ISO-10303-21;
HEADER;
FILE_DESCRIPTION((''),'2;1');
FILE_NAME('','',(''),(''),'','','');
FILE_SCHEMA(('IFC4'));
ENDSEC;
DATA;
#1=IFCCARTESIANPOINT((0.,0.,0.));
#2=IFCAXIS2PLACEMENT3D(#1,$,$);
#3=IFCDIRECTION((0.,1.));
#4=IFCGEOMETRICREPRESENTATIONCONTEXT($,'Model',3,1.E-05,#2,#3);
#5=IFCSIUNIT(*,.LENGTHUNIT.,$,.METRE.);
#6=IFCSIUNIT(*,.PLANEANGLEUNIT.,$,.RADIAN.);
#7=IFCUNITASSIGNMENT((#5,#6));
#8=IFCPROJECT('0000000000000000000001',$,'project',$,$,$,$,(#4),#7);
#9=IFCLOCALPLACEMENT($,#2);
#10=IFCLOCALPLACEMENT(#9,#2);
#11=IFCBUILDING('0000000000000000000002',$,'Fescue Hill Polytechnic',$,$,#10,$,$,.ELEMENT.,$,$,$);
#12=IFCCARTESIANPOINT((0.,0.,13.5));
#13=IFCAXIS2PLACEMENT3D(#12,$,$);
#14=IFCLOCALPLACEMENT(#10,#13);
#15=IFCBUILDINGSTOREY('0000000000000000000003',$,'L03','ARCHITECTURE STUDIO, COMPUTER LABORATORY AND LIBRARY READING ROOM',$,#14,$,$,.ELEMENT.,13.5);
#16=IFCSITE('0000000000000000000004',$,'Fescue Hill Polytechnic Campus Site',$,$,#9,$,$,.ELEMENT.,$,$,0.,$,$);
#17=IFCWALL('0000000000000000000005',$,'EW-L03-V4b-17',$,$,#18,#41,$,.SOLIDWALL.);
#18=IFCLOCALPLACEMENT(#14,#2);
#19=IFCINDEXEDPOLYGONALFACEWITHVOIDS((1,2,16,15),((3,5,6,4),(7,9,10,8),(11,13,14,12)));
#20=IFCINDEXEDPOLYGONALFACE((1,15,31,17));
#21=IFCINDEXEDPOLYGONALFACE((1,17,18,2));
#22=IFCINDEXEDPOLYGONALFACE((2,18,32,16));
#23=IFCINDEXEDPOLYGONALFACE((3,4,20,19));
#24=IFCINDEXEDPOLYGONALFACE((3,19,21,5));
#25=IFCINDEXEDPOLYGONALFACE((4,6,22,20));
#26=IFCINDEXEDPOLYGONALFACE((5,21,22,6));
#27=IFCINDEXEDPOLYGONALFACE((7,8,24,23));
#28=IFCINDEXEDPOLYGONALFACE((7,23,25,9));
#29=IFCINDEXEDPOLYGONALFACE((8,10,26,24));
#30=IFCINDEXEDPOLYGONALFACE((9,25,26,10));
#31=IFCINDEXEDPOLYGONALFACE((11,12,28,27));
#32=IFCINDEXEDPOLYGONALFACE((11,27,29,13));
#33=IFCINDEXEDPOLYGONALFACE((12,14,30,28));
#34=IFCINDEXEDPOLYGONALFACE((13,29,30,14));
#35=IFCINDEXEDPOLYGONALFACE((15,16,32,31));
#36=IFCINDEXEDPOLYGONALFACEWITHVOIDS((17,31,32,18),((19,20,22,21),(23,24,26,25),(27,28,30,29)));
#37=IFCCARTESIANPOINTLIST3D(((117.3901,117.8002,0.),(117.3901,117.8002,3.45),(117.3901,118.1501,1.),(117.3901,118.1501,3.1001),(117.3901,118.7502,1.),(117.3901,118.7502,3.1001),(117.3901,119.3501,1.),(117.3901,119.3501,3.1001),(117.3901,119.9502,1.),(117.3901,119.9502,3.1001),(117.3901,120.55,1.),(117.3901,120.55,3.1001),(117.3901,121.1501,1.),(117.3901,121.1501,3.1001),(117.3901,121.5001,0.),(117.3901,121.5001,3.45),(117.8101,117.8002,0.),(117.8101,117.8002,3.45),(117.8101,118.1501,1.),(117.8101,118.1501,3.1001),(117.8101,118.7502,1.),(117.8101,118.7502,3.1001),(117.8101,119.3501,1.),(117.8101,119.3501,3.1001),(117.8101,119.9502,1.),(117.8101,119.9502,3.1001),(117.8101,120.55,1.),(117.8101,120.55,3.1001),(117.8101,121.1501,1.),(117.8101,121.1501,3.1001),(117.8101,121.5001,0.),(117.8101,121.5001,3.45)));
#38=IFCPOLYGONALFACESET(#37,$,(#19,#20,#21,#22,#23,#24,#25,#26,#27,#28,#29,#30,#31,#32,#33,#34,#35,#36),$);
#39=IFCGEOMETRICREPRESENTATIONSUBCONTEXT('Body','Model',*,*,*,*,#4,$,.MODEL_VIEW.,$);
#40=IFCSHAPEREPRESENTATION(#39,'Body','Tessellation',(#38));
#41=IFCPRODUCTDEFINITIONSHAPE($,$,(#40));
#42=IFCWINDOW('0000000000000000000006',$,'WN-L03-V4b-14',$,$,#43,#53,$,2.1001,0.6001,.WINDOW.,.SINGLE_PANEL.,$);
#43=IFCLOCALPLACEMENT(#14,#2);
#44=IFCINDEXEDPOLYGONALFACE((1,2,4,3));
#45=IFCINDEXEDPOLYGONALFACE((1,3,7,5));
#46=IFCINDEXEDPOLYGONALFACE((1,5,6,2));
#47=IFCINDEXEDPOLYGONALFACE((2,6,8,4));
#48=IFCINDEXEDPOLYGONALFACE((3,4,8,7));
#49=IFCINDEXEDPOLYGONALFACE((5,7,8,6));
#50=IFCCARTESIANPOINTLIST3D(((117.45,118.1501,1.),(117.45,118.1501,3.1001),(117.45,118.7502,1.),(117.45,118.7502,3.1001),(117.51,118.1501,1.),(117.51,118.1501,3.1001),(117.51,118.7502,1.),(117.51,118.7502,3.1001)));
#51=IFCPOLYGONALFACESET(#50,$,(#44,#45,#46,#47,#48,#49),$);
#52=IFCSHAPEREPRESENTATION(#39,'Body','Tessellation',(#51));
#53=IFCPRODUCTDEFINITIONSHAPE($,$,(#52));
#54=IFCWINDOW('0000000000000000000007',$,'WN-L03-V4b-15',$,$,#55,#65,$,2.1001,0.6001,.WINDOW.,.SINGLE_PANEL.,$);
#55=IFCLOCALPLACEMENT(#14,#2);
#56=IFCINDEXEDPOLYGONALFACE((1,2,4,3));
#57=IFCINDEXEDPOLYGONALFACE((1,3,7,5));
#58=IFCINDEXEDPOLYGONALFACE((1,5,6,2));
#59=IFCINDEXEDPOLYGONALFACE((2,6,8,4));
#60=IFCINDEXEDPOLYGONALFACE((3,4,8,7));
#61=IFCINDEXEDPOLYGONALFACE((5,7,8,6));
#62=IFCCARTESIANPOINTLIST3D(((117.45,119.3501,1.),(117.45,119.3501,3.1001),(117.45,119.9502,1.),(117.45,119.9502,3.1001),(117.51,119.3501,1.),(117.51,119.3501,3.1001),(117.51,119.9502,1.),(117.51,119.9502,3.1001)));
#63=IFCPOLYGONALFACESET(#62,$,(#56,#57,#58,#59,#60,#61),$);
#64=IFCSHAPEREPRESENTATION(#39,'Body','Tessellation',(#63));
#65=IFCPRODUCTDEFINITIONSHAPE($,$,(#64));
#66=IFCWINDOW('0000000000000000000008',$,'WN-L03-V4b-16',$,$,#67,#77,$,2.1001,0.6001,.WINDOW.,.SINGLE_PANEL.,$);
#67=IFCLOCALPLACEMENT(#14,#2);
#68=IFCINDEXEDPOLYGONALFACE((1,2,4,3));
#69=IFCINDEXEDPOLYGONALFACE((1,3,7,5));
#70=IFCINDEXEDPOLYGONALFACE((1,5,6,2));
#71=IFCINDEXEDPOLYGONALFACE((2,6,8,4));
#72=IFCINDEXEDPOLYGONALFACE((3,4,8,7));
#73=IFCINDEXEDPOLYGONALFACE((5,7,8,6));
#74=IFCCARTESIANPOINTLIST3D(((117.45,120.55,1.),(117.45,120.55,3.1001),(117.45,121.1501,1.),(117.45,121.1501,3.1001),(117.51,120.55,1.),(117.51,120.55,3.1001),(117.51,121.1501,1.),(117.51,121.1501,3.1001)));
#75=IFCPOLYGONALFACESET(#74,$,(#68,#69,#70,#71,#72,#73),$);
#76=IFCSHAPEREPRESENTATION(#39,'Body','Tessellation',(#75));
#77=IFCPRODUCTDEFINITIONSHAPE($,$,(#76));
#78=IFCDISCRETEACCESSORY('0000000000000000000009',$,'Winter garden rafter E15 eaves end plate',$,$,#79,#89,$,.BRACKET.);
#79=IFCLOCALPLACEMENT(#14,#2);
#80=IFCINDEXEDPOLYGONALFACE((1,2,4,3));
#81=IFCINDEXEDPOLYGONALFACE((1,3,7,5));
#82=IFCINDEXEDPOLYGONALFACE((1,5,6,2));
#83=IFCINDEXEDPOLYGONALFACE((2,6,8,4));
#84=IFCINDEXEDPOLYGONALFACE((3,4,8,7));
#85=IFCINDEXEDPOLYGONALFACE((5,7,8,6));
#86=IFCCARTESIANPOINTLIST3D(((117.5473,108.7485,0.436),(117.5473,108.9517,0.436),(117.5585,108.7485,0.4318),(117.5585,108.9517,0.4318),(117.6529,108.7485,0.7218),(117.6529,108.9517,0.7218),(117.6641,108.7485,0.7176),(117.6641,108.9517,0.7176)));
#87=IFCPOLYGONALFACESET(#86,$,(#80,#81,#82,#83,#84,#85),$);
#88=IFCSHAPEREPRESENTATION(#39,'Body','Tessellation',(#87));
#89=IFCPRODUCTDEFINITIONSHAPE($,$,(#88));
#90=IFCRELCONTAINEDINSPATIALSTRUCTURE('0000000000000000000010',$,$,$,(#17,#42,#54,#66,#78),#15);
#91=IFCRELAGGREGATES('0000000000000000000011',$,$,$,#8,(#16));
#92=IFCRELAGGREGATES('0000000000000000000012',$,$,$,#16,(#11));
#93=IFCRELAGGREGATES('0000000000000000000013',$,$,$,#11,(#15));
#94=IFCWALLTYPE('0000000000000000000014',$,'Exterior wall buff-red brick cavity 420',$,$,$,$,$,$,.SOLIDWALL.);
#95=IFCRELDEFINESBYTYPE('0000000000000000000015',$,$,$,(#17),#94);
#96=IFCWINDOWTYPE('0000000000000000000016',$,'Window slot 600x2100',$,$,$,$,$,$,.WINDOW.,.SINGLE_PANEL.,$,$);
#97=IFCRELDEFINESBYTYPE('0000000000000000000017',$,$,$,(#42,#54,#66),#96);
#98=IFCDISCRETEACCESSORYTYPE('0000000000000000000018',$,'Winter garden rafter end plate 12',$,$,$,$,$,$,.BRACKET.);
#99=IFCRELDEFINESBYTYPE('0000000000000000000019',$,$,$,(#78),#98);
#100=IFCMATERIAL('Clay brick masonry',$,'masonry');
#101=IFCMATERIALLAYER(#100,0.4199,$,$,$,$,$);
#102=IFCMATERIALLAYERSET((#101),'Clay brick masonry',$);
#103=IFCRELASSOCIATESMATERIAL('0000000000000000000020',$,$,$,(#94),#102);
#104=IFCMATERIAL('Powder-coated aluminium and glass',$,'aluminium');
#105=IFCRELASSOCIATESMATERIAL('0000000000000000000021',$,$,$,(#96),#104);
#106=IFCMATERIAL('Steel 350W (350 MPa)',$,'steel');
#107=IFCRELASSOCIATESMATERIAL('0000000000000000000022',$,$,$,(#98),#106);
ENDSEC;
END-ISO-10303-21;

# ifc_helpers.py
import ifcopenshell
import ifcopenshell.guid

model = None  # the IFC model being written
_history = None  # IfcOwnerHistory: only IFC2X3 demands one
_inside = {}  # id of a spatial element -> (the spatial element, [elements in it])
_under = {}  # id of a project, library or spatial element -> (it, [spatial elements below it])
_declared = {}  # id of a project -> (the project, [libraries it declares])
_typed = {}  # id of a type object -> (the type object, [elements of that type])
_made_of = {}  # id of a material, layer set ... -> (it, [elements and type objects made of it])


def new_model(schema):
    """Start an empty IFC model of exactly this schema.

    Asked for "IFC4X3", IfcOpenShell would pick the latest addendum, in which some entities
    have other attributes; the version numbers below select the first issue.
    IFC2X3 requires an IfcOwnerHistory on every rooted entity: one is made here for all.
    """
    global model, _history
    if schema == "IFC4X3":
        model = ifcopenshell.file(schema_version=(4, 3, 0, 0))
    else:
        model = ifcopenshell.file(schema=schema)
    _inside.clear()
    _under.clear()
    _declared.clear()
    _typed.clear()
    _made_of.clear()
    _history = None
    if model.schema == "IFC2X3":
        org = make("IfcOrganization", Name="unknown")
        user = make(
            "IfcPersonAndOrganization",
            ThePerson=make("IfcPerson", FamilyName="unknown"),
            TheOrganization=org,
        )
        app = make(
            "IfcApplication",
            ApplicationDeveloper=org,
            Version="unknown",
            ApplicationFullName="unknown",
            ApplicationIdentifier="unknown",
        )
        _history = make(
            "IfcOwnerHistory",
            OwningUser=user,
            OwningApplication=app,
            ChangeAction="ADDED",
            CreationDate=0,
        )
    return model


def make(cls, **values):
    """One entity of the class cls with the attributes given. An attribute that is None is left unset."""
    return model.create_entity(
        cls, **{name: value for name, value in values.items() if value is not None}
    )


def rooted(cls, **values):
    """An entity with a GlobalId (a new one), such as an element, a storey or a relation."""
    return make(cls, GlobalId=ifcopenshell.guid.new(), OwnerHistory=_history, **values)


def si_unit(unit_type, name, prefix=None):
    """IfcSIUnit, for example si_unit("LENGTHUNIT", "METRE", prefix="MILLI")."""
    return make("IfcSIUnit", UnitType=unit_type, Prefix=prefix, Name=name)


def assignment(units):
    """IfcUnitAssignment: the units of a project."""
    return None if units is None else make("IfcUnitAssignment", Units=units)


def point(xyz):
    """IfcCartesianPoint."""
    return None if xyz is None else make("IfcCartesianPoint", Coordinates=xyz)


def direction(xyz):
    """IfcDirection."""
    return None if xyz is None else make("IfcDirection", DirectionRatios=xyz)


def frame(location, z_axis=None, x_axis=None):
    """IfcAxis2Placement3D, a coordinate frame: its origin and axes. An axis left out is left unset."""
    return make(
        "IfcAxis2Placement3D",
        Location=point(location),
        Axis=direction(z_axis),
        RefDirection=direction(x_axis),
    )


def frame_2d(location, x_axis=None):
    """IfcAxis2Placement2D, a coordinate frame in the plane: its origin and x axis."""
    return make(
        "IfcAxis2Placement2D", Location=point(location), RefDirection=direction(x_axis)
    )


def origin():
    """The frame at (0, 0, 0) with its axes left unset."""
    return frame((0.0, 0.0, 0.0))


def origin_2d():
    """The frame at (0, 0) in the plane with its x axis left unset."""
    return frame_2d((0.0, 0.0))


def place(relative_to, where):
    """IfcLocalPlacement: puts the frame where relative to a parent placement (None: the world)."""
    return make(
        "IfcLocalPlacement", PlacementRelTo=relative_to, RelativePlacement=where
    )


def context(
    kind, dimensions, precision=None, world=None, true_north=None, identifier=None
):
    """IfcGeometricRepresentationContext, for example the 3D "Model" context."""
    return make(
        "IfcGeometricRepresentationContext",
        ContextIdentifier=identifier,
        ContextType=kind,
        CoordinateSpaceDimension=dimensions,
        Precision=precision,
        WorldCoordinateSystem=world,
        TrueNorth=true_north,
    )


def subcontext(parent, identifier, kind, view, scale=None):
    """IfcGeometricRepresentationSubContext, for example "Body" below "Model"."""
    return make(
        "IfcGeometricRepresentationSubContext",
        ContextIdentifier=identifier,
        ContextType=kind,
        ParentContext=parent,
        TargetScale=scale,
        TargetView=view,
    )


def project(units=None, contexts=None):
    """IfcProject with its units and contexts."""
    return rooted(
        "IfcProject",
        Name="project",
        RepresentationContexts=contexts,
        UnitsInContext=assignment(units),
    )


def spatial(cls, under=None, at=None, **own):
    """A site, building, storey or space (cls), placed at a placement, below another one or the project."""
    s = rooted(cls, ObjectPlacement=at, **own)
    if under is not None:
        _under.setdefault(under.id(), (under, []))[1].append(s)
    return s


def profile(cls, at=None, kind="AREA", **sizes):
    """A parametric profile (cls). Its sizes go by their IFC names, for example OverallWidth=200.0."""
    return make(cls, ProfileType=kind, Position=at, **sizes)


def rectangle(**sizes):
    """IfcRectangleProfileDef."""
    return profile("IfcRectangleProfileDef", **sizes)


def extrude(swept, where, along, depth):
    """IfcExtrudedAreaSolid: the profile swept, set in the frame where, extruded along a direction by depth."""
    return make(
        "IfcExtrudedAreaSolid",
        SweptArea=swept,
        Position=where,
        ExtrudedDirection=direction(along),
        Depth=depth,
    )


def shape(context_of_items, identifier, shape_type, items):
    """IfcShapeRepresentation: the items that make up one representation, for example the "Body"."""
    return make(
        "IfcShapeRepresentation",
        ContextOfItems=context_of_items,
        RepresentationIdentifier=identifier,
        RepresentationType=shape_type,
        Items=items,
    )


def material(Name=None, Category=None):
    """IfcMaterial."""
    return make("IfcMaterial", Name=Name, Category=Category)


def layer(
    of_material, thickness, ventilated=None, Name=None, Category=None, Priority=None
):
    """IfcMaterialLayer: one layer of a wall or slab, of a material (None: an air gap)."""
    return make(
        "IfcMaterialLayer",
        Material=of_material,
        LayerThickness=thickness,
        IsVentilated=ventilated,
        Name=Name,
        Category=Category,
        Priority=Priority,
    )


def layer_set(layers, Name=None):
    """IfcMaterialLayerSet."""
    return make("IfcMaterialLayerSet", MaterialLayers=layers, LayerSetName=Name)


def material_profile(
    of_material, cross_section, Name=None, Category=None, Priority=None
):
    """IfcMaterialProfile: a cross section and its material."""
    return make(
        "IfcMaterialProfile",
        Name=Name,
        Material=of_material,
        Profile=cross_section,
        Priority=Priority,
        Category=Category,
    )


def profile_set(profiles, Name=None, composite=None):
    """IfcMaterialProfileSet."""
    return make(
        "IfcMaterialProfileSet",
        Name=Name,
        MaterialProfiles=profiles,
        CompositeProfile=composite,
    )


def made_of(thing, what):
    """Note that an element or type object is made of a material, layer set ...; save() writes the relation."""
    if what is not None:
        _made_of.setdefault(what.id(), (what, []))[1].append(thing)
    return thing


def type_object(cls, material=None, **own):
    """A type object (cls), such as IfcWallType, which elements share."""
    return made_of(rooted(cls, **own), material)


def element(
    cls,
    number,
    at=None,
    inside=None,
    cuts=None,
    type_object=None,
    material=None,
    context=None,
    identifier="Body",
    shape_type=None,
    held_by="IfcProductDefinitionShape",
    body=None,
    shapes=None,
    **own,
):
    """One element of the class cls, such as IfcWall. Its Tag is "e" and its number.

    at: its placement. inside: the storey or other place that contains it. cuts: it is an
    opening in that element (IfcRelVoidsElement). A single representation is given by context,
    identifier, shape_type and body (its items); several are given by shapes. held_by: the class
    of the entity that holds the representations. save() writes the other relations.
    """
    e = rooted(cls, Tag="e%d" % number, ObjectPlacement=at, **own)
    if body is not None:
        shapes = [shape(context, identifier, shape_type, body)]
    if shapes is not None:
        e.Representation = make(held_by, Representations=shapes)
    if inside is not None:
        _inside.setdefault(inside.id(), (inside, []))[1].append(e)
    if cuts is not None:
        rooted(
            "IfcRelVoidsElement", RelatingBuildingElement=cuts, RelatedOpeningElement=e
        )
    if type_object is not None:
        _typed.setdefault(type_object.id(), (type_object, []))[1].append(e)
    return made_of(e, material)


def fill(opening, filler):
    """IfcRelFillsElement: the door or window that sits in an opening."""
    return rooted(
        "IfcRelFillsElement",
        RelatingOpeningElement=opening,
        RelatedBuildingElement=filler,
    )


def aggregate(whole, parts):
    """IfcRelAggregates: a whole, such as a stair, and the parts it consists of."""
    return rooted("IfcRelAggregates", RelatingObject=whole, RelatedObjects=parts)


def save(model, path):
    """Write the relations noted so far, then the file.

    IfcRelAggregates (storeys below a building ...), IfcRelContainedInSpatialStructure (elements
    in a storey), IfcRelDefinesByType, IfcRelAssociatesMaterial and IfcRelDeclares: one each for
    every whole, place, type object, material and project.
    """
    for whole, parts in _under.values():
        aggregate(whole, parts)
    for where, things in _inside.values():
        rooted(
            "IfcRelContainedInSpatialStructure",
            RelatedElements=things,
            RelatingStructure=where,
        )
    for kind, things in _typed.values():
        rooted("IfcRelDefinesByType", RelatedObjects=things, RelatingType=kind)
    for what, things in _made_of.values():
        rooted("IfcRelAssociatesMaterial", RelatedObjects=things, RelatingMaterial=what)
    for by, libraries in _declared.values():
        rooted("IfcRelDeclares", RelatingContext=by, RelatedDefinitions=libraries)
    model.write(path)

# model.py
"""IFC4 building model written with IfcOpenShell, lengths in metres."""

from ifc_helpers import new_model, si_unit, direction, frame, frame_2d, origin, origin_2d, place, context, subcontext, project, spatial, rectangle, extrude, material, layer, layer_set, material_profile, profile_set, type_object, element, fill, save


model = new_model("IFC4")

# Units and contexts
model_context = context("Model", 3, precision=1e-05, world=origin(), true_north=direction((0.0, 1.0)))
body_context = subcontext(model_context, "Body", "Model", "MODEL_VIEW")
ifc_project = project(units=[si_unit("LENGTHUNIT", "METRE"), si_unit("PLANEANGLEUNIT", "RADIAN")], contexts=[model_context])

# Site, building, storey
site_placement = place(None, origin())
site = spatial("IfcSite", under=ifc_project, at=site_placement, Name="Fescue Hill Polytechnic Campus Site", CompositionType="ELEMENT", RefElevation=0.0)
building_placement = place(site_placement, origin())
building = spatial("IfcBuilding", under=site, at=building_placement, Name="Fescue Hill Polytechnic", CompositionType="ELEMENT")
storey_placement = place(building_placement, frame((0.0, 0.0, 13.5)))
storey = spatial("IfcBuildingStorey", under=building, at=storey_placement, Name="L03", Description="ARCHITECTURE STUDIO, COMPUTER LABORATORY AND LIBRARY READING ROOM", CompositionType="ELEMENT", Elevation=13.5)

# Shared definitions
ifc_material_1 = material(Name="Steel 350W (350 MPa)", Category="steel")

# Shared definitions
ifc_material_2 = material(Name="Clay brick masonry", Category="masonry")

# Shared definitions
ifc_material_3 = material(Name="Powder-coated aluminium and glass", Category="aluminium")

# Wall, openings, windows
ifc_layer_1 = layer(ifc_material_2, 0.4199)
ifc_layer_set_1 = layer_set([ifc_layer_1], Name="Clay brick masonry")
wall_type_1 = type_object("IfcWallType", Name="Exterior wall buff-red brick cavity 420", PredefinedType="SOLIDWALL", material=ifc_layer_set_1)
window_type_1 = type_object("IfcWindowType", Name="Window slot 600x2100", PartitioningType="SINGLE_PANEL", PredefinedType="WINDOW", material=ifc_material_3)
wall_1_placement = place(storey_placement, frame((117.6001, 117.8, 0.0), z_axis=(0.0, 0.0, 1.0), x_axis=(0.0, 1.0, 0.0)))
wall_1 = element("IfcWall", 1, at=wall_1_placement, inside=storey, type_object=wall_type_1, Name="EW-L03-V4b-17", PredefinedType="SOLIDWALL", context=body_context, shape_type="SweptSolid", body=[
    extrude(rectangle(XDim=3.7, YDim=0.4199, at=frame_2d((1.8501, 0.0))), origin(), (0.0, 0.0, 1.0), 3.45),
])
opening_1_placement = place(wall_1_placement, frame((0.3501, 0.0, 1.0)))
opening_1 = element("IfcOpeningElement", 2, at=opening_1_placement, cuts=wall_1, PredefinedType="OPENING", context=body_context, shape_type="SweptSolid", body=[
    extrude(rectangle(XDim=0.6001, YDim=2.1001, at=frame_2d((0.3, 1.05))), frame((0.0, 0.22, 0.0), z_axis=(0.0, -1.0, 0.0), x_axis=(1.0, 0.0, 0.0)), (0.0, 0.0, 1.0), 0.4399),
])
opening_2_placement = place(wall_1_placement, frame((1.55, 0.0, 1.0)))
opening_2 = element("IfcOpeningElement", 3, at=opening_2_placement, cuts=wall_1, PredefinedType="OPENING", context=body_context, shape_type="SweptSolid", body=[
    extrude(rectangle(XDim=0.6001, YDim=2.1001, at=frame_2d((0.3, 1.05))), frame((0.0, 0.22, 0.0), z_axis=(0.0, -1.0, 0.0), x_axis=(1.0, 0.0, 0.0)), (0.0, 0.0, 1.0), 0.4399),
])
opening_3_placement = place(wall_1_placement, frame((2.75, 0.0, 1.0)))
opening_3 = element("IfcOpeningElement", 4, at=opening_3_placement, cuts=wall_1, PredefinedType="OPENING", context=body_context, shape_type="SweptSolid", body=[
    extrude(rectangle(XDim=0.6001, YDim=2.1001, at=frame_2d((0.3, 1.05))), frame((0.0, 0.22, 0.0), z_axis=(0.0, -1.0, 0.0), x_axis=(1.0, 0.0, 0.0)), (0.0, 0.0, 1.0), 0.4399),
])
window_1_placement = place(opening_1_placement, origin())
window_1 = element("IfcWindow", 5, at=window_1_placement, inside=storey, type_object=window_type_1, Name="WN-L03-V4b-14", OverallHeight=2.1001, OverallWidth=0.6001, PartitioningType="SINGLE_PANEL", PredefinedType="WINDOW", context=body_context, shape_type="SweptSolid", body=[
    extrude(rectangle(XDim=0.6001, YDim=2.1001, at=frame_2d((0.3, 1.05))), frame((0.0, 0.1501, 0.0), z_axis=(0.0, -1.0, 0.0), x_axis=(1.0, 0.0, 0.0)), (0.0, 0.0, 1.0), 0.0601),
])
fill(opening_1, window_1)
window_2_placement = place(opening_2_placement, origin())
window_2 = element("IfcWindow", 6, at=window_2_placement, inside=storey, type_object=window_type_1, Name="WN-L03-V4b-15", OverallHeight=2.1001, OverallWidth=0.6001, PartitioningType="SINGLE_PANEL", PredefinedType="WINDOW", context=body_context, shape_type="SweptSolid", body=[
    extrude(rectangle(XDim=0.6001, YDim=2.1001, at=frame_2d((0.3, 1.05))), frame((0.0, 0.1501, 0.0), z_axis=(0.0, -1.0, 0.0), x_axis=(1.0, 0.0, 0.0)), (0.0, 0.0, 1.0), 0.0601),
])
fill(opening_2, window_2)
window_3_placement = place(opening_3_placement, origin())
window_3 = element("IfcWindow", 7, at=window_3_placement, inside=storey, type_object=window_type_1, Name="WN-L03-V4b-16", OverallHeight=2.1001, OverallWidth=0.6001, PartitioningType="SINGLE_PANEL", PredefinedType="WINDOW", context=body_context, shape_type="SweptSolid", body=[
    extrude(rectangle(XDim=0.6001, YDim=2.1001, at=frame_2d((0.3, 1.05))), frame((0.0, 0.1501, 0.0), z_axis=(0.0, -1.0, 0.0), x_axis=(1.0, 0.0, 0.0)), (0.0, 0.0, 1.0), 0.0601),
])
fill(opening_3, window_3)

# Discrete accessory
ifc_material_profile_1 = material_profile(ifc_material_1, rectangle(XDim=0.2031, YDim=0.3047, at=origin_2d()), Name="Winter garden rafter end plate 12")
ifc_profile_set_1 = profile_set([ifc_material_profile_1], Name="Steel 350W (350 MPa)")
discrete_accessory_type = type_object("IfcDiscreteAccessoryType", Name="Winter garden rafter end plate 12", PredefinedType="BRACKET", material=ifc_profile_set_1)
discrete_accessory_placement = place(storey_placement, frame((117.6113, 108.8501, 0.5747), z_axis=(-0.937994, 0.0, 0.34665), x_axis=(0.0, -1.0, 0.0)))
element("IfcDiscreteAccessory", 8, at=discrete_accessory_placement, inside=storey, type_object=discrete_accessory_type, Name="Winter garden rafter E15 eaves end plate", PredefinedType="BRACKET", context=body_context, shape_type="SweptSolid", body=[
    extrude(rectangle(XDim=0.2031, YDim=0.3047, at=origin_2d()), origin(), (0.0, 0.0, 1.0), 0.012),
])

save(model, "model.ifc")
